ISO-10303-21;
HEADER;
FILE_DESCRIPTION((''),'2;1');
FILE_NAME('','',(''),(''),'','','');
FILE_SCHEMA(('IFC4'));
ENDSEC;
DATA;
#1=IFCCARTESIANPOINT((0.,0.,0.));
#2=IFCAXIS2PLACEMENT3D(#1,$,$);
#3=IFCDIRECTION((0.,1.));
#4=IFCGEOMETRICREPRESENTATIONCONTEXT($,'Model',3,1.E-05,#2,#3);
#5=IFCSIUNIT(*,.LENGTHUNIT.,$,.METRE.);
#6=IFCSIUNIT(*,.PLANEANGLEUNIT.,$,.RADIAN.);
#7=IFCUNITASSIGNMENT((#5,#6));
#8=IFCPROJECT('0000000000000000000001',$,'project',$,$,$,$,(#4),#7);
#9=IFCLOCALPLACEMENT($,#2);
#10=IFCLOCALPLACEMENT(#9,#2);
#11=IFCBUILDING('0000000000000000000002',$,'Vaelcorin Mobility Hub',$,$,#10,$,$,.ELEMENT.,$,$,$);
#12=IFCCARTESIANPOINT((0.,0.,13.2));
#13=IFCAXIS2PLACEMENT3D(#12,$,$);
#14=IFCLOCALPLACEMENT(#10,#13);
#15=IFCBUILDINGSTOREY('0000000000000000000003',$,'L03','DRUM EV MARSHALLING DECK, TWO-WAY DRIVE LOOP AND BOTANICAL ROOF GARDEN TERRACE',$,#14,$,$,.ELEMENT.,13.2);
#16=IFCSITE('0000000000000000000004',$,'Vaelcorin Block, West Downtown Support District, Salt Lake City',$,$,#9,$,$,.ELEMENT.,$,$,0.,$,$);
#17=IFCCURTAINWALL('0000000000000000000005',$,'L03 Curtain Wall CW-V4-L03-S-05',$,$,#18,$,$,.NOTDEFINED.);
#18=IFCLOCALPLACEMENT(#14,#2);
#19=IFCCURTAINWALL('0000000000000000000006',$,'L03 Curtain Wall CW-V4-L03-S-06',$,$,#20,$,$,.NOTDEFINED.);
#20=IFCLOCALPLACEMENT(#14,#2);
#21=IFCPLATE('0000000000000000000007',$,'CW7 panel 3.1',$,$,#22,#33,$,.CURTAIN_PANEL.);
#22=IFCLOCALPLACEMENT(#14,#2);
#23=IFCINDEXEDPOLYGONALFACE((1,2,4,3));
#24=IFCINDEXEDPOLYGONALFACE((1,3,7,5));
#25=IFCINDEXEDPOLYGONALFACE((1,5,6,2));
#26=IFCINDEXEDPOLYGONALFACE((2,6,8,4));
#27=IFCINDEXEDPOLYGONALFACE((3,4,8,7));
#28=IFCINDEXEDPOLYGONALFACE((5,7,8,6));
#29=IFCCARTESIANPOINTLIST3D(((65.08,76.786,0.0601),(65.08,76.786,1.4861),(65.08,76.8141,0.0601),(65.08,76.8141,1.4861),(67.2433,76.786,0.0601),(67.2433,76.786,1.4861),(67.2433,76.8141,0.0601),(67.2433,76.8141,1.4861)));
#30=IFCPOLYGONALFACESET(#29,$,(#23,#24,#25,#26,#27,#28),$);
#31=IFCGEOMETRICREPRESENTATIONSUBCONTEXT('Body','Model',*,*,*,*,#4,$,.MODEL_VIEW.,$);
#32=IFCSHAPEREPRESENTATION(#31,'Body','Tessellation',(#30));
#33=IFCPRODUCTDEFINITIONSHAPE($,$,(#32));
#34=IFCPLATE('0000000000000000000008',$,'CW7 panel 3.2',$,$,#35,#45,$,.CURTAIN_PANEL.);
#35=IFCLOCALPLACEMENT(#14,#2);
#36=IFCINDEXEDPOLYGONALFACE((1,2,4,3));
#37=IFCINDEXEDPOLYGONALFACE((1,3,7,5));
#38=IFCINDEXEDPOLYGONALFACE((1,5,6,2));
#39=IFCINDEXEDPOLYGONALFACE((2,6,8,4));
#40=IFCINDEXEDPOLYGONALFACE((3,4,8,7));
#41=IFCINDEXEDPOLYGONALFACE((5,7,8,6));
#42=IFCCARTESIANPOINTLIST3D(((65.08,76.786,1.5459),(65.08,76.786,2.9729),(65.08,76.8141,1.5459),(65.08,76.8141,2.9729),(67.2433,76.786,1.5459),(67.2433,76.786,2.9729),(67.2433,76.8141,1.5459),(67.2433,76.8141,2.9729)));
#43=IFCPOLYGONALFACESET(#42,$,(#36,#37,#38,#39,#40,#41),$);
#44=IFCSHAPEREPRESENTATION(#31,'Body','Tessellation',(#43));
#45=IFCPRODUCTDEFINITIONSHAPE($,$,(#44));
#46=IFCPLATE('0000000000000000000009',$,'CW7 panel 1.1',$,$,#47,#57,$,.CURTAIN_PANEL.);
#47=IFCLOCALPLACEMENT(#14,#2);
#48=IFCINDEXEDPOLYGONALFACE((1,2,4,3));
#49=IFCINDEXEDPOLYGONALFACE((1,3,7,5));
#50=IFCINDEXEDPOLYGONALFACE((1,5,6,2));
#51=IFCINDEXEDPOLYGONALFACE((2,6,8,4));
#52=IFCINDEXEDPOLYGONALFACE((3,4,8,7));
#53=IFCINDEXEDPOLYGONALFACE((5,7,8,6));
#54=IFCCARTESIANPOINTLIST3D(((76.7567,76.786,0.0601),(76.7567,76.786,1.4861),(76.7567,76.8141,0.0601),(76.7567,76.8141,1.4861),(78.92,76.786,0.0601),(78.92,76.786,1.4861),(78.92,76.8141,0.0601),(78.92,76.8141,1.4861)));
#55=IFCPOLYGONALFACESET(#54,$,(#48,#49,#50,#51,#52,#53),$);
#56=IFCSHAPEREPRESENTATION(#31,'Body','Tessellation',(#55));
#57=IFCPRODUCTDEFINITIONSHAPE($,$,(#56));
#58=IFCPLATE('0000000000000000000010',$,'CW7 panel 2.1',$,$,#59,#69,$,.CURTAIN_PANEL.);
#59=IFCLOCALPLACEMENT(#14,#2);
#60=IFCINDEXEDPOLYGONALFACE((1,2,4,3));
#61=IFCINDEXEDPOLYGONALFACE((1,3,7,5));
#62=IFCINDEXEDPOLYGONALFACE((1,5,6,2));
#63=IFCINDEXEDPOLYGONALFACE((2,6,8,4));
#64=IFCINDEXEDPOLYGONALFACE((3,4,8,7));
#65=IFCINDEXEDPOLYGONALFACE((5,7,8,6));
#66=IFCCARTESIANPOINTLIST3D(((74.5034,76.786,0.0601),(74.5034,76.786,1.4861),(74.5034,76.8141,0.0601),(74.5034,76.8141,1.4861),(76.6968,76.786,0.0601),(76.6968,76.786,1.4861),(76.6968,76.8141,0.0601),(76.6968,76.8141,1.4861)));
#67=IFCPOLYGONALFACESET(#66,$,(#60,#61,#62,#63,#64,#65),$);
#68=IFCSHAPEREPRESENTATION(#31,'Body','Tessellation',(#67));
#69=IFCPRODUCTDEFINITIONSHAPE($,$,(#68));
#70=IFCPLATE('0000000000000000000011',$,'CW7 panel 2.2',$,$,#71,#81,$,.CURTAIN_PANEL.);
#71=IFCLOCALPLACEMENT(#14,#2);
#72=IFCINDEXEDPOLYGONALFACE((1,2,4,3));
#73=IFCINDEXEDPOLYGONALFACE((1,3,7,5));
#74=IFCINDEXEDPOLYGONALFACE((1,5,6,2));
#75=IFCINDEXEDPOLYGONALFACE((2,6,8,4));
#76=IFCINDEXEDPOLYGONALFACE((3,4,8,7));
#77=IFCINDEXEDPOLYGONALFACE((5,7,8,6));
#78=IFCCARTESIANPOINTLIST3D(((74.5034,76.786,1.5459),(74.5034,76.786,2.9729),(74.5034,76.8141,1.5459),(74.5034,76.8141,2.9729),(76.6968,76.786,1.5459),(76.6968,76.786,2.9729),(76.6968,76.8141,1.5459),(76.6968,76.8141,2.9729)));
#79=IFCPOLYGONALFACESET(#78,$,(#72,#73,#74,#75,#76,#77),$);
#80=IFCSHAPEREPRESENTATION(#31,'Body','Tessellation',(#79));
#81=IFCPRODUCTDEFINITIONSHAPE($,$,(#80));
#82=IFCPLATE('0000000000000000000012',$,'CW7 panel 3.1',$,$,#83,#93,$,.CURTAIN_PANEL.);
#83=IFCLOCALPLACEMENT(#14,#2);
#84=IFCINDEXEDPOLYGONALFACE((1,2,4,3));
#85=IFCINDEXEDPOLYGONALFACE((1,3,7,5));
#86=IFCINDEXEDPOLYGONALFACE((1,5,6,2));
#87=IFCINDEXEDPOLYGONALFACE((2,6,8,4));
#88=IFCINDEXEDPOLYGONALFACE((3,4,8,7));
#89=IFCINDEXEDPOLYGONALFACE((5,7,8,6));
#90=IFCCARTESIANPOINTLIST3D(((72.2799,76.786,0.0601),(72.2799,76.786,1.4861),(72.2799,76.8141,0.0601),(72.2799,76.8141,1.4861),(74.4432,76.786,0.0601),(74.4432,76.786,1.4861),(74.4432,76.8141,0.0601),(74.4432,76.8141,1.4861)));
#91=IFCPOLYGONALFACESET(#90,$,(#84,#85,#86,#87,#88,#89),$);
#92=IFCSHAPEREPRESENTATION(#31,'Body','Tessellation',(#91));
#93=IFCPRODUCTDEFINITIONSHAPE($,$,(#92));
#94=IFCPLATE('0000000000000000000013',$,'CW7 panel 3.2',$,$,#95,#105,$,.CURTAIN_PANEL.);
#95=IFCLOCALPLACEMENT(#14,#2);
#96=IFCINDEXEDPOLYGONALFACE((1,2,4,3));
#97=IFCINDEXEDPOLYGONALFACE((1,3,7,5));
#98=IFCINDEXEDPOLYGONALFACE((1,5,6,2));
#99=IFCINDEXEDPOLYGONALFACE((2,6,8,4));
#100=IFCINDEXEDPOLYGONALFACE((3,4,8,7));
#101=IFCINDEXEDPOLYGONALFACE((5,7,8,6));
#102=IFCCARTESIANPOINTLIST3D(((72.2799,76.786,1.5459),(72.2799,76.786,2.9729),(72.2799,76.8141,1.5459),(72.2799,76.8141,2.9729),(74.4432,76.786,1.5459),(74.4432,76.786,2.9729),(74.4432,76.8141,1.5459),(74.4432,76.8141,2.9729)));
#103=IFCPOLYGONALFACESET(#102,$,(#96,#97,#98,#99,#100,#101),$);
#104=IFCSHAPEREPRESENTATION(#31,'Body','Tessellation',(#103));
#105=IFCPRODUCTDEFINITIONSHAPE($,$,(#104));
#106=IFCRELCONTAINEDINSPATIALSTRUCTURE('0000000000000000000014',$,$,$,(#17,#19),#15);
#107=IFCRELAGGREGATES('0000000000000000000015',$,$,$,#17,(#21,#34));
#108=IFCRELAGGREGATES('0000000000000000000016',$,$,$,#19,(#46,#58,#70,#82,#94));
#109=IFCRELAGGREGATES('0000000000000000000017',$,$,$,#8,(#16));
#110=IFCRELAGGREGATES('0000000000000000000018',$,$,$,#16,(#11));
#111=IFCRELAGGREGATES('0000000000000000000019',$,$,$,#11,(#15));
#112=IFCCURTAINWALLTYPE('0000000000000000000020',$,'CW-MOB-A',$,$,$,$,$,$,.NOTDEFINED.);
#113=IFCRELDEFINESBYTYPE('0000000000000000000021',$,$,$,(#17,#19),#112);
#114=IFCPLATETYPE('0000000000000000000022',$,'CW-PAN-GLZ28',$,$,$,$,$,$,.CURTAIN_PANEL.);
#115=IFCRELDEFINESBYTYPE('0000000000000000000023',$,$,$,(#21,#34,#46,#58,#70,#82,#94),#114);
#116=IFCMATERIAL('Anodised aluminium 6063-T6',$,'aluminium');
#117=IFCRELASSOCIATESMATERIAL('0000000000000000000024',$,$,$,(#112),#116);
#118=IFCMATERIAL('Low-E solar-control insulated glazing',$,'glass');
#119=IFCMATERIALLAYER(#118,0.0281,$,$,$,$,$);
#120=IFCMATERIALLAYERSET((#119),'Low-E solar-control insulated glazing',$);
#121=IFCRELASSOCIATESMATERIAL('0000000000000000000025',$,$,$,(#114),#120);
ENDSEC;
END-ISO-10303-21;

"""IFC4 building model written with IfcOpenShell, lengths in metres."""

from ifc_helpers import new_model, si_unit, direction, frame, origin, origin_2d, place, context, subcontext, project, spatial, rectangle, extrude, material, layer, layer_set, type_object, element, aggregate, save


model = new_model("IFC4")

# Units and contexts
model_context = context("Model", 3, precision=1e-05, world=origin(), true_north=direction((0.0, 1.0)))
body_context = subcontext(model_context, "Body", "Model", "MODEL_VIEW")
ifc_project = project(units=[si_unit("LENGTHUNIT", "METRE"), si_unit("PLANEANGLEUNIT", "RADIAN")], contexts=[model_context])

# Site, building, storey
site_placement = place(None, origin())
site = spatial("IfcSite", under=ifc_project, at=site_placement, Name="Vaelcorin Block, West Downtown Support District, Salt Lake City", CompositionType="ELEMENT", RefElevation=0.0)
building_placement = place(site_placement, origin())
building = spatial("IfcBuilding", under=site, at=building_placement, Name="Vaelcorin Mobility Hub", CompositionType="ELEMENT")
storey_placement = place(building_placement, frame((0.0, 0.0, 13.2)))
storey = spatial("IfcBuildingStorey", under=building, at=storey_placement, Name="L03", Description="DRUM EV MARSHALLING DECK, TWO-WAY DRIVE LOOP AND BOTANICAL ROOF GARDEN TERRACE", CompositionType="ELEMENT", Elevation=13.2)

# Curtain walls
ifc_material_1 = material(Name="Anodised aluminium 6063-T6", Category="aluminium")
curtain_wall_type = type_object("IfcCurtainWallType", Name="CW-MOB-A", PredefinedType="NOTDEFINED", material=ifc_material_1)
curtain_wall_1_placement = place(storey_placement, origin())
curtain_wall_1 = element("IfcCurtainWall", 1, at=curtain_wall_1_placement, inside=storey, type_object=curtain_wall_type, Name="L03 Curtain Wall CW-V4-L03-S-05", PredefinedType="NOTDEFINED")
curtain_wall_2_placement = place(storey_placement, origin())
curtain_wall_2 = element("IfcCurtainWall", 2, at=curtain_wall_2_placement, inside=storey, type_object=curtain_wall_type, Name="L03 Curtain Wall CW-V4-L03-S-06", PredefinedType="NOTDEFINED")

# Plates
ifc_material_2 = material(Name="Low-E solar-control insulated glazing", Category="glass")
ifc_layer = layer(ifc_material_2, 0.0281)
ifc_layer_set = layer_set([ifc_layer], Name="Low-E solar-control insulated glazing")
plate_type = type_object("IfcPlateType", Name="CW-PAN-GLZ28", PredefinedType="CURTAIN_PANEL", material=ifc_layer_set)
plate_1_placement = place(storey_placement, frame((66.1616, 76.8, 0.0601), z_axis=(0.0, 0.0, 1.0), x_axis=(-1.0, 0.0, 0.0)))
plate_1 = element("IfcPlate", 3, at=plate_1_placement, type_object=plate_type, Name="CW7 panel 3.1", PredefinedType="CURTAIN_PANEL", context=body_context, shape_type="SweptSolid", body=[
    extrude(rectangle(XDim=2.1633, YDim=0.0281, at=origin_2d()), origin(), (0.0, 0.0, 1.0), 1.426),
])
plate_2_placement = place(storey_placement, frame((66.1616, 76.8, 1.5459), z_axis=(0.0, 0.0, 1.0), x_axis=(-1.0, 0.0, 0.0)))
plate_2 = element("IfcPlate", 4, at=plate_2_placement, type_object=plate_type, Name="CW7 panel 3.2", PredefinedType="CURTAIN_PANEL", context=body_context, shape_type="SweptSolid", body=[
    extrude(rectangle(XDim=2.1633, YDim=0.0281, at=origin_2d()), origin(), (0.0, 0.0, 1.0), 1.427),
])
aggregate(curtain_wall_1, [plate_1, plate_2])
plate_3_placement = place(storey_placement, frame((77.8384, 76.8, 0.0601), z_axis=(0.0, 0.0, 1.0), x_axis=(-1.0, 0.0, 0.0)))
plate_3 = element("IfcPlate", 5, at=plate_3_placement, type_object=plate_type, Name="CW7 panel 1.1", PredefinedType="CURTAIN_PANEL", context=body_context, shape_type="SweptSolid", body=[
    extrude(rectangle(XDim=2.1633, YDim=0.0281, at=origin_2d()), origin(), (0.0, 0.0, 1.0), 1.426),
])
plate_4_placement = place(storey_placement, frame((75.6001, 76.8, 0.0601), z_axis=(0.0, 0.0, 1.0), x_axis=(-1.0, 0.0, 0.0)))
plate_4 = element("IfcPlate", 6, at=plate_4_placement, type_object=plate_type, Name="CW7 panel 2.1", PredefinedType="CURTAIN_PANEL", context=body_context, shape_type="SweptSolid", body=[
    extrude(rectangle(XDim=2.1934, YDim=0.0281, at=origin_2d()), origin(), (0.0, 0.0, 1.0), 1.426),
])
plate_5_placement = place(storey_placement, frame((75.6001, 76.8, 1.5459), z_axis=(0.0, 0.0, 1.0), x_axis=(-1.0, 0.0, 0.0)))
plate_5 = element("IfcPlate", 7, at=plate_5_placement, type_object=plate_type, Name="CW7 panel 2.2", PredefinedType="CURTAIN_PANEL", context=body_context, shape_type="SweptSolid", body=[
    extrude(rectangle(XDim=2.1934, YDim=0.0281, at=origin_2d()), origin(), (0.0, 0.0, 1.0), 1.427),
])
plate_6_placement = place(storey_placement, frame((73.3616, 76.8, 0.0601), z_axis=(0.0, 0.0, 1.0), x_axis=(-1.0, 0.0, 0.0)))
plate_6 = element("IfcPlate", 8, at=plate_6_placement, type_object=plate_type, Name="CW7 panel 3.1", PredefinedType="CURTAIN_PANEL", context=body_context, shape_type="SweptSolid", body=[
    extrude(rectangle(XDim=2.1633, YDim=0.0281, at=origin_2d()), origin(), (0.0, 0.0, 1.0), 1.426),
])
plate_7_placement = place(storey_placement, frame((73.3616, 76.8, 1.5459), z_axis=(0.0, 0.0, 1.0), x_axis=(-1.0, 0.0, 0.0)))
plate_7 = element("IfcPlate", 9, at=plate_7_placement, type_object=plate_type, Name="CW7 panel 3.2", PredefinedType="CURTAIN_PANEL", context=body_context, shape_type="SweptSolid", body=[
    extrude(rectangle(XDim=2.1633, YDim=0.0281, at=origin_2d()), origin(), (0.0, 0.0, 1.0), 1.427),
])
aggregate(curtain_wall_2, [plate_3, plate_4, plate_5, plate_6, plate_7])

save(model, "model.ifc")
